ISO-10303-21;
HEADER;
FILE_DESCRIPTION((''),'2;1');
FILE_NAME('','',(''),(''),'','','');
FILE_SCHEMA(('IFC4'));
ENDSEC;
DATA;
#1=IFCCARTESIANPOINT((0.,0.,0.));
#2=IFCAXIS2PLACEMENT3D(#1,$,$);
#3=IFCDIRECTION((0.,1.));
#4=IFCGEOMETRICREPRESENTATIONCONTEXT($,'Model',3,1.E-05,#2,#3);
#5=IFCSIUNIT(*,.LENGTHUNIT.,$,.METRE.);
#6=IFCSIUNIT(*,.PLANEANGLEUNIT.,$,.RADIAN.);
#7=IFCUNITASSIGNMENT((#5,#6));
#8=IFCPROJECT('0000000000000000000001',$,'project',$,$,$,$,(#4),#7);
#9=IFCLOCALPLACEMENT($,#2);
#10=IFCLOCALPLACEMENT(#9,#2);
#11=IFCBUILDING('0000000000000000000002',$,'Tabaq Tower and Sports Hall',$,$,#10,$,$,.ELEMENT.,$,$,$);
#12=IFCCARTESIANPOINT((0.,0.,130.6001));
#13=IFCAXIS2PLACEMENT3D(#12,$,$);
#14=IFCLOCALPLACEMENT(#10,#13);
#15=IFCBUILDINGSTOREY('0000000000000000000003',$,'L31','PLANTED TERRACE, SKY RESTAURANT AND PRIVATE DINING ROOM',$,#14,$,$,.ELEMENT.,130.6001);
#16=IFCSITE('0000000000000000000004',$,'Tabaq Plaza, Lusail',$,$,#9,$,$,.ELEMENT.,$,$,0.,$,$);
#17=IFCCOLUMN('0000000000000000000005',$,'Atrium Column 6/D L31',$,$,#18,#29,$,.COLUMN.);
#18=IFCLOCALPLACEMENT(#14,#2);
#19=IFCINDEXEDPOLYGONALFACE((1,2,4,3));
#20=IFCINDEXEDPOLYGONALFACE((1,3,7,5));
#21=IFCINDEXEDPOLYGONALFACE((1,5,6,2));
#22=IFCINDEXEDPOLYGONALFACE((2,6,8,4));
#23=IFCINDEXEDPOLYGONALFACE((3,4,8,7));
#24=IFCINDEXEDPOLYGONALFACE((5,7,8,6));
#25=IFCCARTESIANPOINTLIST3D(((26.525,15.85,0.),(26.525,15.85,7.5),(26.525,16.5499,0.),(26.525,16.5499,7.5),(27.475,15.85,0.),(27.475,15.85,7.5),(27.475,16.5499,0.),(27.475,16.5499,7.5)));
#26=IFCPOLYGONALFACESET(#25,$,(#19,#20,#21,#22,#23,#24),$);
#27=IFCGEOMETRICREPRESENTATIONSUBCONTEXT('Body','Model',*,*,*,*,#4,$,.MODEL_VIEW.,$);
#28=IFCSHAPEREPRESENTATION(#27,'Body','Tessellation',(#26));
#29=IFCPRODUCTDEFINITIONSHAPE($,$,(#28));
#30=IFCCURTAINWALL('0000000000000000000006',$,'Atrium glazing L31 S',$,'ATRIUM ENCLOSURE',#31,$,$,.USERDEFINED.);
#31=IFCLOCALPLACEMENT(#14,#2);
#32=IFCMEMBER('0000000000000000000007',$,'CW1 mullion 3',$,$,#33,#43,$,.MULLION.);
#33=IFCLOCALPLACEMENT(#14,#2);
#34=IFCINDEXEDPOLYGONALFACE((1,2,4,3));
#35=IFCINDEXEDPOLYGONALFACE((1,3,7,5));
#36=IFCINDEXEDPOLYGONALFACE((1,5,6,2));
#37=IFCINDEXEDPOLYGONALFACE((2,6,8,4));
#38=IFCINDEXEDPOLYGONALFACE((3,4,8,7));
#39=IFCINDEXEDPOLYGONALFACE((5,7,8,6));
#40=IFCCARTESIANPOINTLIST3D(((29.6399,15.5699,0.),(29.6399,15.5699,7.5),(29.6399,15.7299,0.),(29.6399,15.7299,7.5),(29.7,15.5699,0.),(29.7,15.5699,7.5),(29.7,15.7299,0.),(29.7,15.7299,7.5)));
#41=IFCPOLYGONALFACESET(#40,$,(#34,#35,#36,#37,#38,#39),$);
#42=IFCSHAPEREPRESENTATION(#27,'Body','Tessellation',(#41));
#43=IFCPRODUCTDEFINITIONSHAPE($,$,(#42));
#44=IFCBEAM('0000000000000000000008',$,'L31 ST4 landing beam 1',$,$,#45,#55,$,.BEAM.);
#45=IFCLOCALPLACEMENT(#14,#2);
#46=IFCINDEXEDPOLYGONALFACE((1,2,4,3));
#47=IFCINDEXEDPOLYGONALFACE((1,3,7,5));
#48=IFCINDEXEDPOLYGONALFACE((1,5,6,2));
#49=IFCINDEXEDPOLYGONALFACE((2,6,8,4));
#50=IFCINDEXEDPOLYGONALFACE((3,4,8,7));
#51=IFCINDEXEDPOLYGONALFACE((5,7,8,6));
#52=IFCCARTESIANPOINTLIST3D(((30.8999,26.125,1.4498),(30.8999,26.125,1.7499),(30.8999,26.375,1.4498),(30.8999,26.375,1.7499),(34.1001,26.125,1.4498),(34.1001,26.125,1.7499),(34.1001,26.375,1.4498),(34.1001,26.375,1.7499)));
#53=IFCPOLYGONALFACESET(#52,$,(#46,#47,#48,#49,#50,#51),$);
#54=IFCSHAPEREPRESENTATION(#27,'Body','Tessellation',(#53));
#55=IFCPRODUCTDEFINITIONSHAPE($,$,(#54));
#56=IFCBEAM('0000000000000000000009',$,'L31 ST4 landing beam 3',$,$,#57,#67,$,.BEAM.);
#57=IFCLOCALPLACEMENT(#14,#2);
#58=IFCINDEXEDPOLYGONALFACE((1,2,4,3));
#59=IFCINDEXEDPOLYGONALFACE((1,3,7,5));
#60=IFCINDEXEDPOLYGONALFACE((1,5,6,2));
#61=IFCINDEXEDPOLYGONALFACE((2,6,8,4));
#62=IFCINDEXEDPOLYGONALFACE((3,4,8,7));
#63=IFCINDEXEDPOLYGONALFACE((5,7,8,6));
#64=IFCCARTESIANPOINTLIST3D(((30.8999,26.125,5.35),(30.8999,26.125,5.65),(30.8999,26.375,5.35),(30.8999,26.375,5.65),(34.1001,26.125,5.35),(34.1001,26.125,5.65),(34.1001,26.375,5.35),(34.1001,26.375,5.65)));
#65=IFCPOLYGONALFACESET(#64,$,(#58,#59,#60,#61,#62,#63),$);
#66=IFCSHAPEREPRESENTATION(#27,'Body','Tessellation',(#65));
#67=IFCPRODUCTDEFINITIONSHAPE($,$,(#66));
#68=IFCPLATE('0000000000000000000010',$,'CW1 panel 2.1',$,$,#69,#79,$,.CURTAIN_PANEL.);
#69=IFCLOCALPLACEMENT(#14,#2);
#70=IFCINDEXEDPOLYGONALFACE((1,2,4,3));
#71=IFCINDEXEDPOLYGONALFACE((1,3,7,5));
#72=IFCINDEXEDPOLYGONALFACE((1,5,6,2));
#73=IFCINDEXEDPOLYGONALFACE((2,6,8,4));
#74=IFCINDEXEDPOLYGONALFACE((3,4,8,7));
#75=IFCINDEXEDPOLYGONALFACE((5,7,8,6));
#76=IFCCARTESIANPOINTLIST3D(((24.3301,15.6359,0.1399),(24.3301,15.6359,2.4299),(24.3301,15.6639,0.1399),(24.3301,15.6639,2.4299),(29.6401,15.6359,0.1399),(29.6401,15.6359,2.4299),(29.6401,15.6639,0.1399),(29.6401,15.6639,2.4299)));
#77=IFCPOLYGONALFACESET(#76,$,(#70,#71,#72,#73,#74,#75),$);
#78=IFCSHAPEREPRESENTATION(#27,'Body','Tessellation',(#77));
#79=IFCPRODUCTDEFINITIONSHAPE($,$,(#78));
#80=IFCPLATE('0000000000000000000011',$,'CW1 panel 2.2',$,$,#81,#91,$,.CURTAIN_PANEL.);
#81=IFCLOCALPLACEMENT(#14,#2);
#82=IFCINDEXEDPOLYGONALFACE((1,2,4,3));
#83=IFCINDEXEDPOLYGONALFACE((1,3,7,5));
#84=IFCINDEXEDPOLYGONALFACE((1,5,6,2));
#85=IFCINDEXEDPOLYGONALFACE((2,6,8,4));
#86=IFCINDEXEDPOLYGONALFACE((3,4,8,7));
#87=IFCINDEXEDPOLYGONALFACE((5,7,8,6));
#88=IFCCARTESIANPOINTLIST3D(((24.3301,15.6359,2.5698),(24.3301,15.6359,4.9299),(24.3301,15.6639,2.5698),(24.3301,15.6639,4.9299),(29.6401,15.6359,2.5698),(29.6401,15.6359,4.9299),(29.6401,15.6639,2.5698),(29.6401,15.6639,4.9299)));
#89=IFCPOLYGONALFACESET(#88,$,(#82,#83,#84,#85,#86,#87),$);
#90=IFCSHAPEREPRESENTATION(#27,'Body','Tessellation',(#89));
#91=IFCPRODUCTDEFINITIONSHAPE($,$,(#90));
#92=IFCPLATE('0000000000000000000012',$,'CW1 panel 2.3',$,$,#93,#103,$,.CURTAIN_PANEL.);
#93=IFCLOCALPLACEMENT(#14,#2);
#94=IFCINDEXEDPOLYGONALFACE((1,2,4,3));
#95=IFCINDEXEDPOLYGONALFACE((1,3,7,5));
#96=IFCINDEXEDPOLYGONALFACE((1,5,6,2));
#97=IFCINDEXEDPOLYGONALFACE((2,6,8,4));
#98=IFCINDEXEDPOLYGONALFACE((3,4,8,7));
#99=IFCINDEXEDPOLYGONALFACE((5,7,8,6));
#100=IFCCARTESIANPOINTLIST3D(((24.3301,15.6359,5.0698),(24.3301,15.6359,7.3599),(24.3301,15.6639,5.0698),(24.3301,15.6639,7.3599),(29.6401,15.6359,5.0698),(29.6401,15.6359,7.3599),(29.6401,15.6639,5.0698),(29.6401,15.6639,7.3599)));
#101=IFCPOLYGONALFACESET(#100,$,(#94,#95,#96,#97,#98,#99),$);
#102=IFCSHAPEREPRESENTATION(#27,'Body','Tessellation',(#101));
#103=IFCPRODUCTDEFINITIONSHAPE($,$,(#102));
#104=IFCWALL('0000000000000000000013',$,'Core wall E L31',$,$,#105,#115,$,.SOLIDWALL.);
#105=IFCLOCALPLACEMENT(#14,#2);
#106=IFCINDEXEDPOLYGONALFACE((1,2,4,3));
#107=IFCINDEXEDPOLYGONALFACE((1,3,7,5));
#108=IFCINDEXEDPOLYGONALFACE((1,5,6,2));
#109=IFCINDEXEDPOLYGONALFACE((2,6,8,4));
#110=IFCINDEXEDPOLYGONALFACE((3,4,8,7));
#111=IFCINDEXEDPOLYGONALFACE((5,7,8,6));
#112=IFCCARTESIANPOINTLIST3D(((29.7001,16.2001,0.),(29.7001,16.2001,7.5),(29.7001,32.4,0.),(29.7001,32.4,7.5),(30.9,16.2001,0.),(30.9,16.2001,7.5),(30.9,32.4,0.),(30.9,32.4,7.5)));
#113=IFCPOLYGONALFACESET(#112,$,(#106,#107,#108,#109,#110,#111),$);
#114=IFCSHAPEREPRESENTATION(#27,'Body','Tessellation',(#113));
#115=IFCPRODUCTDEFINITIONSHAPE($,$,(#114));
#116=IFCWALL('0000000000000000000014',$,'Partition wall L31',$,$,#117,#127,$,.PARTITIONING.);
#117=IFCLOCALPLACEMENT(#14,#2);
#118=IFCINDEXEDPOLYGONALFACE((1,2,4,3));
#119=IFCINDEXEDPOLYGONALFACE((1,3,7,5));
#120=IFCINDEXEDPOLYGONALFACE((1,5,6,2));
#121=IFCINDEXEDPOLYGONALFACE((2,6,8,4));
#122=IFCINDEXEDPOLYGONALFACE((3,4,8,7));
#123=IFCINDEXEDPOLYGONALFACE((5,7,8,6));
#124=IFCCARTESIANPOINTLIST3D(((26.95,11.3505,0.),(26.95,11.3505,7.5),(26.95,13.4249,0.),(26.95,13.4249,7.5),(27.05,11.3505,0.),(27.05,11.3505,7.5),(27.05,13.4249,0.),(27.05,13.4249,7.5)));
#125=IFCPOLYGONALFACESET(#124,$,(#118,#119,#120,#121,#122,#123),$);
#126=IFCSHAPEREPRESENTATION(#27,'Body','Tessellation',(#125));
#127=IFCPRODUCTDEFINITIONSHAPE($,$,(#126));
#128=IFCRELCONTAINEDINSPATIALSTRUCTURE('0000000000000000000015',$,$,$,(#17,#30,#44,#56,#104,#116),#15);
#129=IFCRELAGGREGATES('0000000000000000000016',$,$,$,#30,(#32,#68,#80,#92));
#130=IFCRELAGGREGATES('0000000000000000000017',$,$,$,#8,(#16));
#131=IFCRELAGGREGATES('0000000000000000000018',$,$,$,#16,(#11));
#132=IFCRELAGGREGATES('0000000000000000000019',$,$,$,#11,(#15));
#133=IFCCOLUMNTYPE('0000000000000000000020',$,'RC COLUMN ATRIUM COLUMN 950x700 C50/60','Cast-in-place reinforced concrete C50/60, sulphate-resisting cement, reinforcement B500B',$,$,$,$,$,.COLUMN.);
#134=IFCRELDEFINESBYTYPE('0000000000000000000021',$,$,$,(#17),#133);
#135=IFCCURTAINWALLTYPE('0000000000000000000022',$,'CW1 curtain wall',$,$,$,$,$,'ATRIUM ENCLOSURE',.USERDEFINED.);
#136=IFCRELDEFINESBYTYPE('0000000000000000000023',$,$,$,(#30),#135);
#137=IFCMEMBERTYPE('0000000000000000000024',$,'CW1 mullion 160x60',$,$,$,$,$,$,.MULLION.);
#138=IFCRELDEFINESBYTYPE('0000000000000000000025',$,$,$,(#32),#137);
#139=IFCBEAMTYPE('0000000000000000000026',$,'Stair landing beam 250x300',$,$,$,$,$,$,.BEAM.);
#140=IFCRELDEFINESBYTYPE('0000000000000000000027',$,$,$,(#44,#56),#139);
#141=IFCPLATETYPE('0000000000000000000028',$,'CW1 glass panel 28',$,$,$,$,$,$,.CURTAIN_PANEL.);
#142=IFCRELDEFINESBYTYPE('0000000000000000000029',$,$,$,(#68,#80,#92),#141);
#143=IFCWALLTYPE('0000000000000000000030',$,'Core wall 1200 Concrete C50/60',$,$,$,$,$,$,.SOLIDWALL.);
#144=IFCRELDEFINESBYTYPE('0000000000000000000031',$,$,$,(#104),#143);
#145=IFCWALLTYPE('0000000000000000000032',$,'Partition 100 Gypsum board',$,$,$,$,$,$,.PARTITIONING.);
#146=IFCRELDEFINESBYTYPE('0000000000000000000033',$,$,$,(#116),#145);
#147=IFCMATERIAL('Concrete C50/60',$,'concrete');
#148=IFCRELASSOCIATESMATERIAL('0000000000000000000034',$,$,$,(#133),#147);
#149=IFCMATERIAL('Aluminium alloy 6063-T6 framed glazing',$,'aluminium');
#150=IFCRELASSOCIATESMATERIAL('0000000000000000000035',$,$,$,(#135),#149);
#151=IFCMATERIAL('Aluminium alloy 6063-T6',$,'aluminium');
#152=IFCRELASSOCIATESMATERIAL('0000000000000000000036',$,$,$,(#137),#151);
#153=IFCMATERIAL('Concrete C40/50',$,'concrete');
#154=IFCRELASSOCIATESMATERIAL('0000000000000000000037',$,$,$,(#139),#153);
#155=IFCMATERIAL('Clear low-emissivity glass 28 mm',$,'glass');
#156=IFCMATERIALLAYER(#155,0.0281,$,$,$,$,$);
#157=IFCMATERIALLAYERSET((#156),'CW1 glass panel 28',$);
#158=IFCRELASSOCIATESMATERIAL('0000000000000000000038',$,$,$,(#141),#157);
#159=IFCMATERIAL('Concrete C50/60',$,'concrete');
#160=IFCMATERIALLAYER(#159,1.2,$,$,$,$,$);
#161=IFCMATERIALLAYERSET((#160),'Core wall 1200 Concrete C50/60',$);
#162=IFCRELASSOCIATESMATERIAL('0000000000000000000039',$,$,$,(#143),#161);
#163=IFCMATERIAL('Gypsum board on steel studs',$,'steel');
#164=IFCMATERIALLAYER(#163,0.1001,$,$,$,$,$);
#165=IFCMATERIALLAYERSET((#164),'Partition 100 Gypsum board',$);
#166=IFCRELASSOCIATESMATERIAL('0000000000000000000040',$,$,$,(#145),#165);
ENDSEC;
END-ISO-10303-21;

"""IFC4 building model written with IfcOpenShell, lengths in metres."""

from ifc_helpers import new_model, si_unit, direction, frame, frame_2d, origin, origin_2d, place, context, subcontext, project, spatial, rectangle, extrude, material, layer, layer_set, material_profile, profile_set, type_object, element, aggregate, save


model = new_model("IFC4")

# Units and contexts
model_context = context("Model", 3, precision=1e-05, world=origin(), true_north=direction((0.0, 1.0)))
body_context = subcontext(model_context, "Body", "Model", "MODEL_VIEW")
ifc_project = project(units=[si_unit("LENGTHUNIT", "METRE"), si_unit("PLANEANGLEUNIT", "RADIAN")], contexts=[model_context])

# Site, building, storey
site_placement = place(None, origin())
site = spatial("IfcSite", under=ifc_project, at=site_placement, Name="Tabaq Plaza, Lusail", CompositionType="ELEMENT", RefElevation=0.0)
building_placement = place(site_placement, origin())
building = spatial("IfcBuilding", under=site, at=building_placement, Name="Tabaq Tower and Sports Hall", CompositionType="ELEMENT")
storey_placement = place(building_placement, frame((0.0, 0.0, 130.6001)))
storey = spatial("IfcBuildingStorey", under=building, at=storey_placement, Name="L31", Description="PLANTED TERRACE, SKY RESTAURANT AND PRIVATE DINING ROOM", CompositionType="ELEMENT", Elevation=130.6001)

# Column
ifc_material_1 = material(Name="Concrete C50/60", Category="concrete")
ifc_material_profile_1 = material_profile(ifc_material_1, rectangle(XDim=0.95, YDim=0.7, at=origin_2d()), Name="ATRIUM COLUMN 950x700")
ifc_profile_set_1 = profile_set([ifc_material_profile_1], Name="Concrete C50/60")
column_type = type_object("IfcColumnType", Name="RC COLUMN ATRIUM COLUMN 950x700 C50/60", Description="Cast-in-place reinforced concrete C50/60, sulphate-resisting cement, reinforcement B500B", PredefinedType="COLUMN", material=ifc_profile_set_1)
column_placement = place(storey_placement, frame((27.0, 16.2, 0.0), z_axis=(0.0, 0.0, 1.0), x_axis=(1.0, 0.0, 0.0)))
element("IfcColumn", 1, at=column_placement, inside=storey, type_object=column_type, Name="Atrium Column 6/D L31", PredefinedType="COLUMN", context=body_context, shape_type="SweptSolid", body=[
    extrude(rectangle(XDim=0.95, YDim=0.7, at=origin_2d()), origin(), (0.0, 0.0, 1.0), 7.5),
])

# Curtain wall, member
ifc_material_2 = material(Name="Aluminium alloy 6063-T6 framed glazing", Category="aluminium")
curtain_wall_type = type_object("IfcCurtainWallType", Name="CW1 curtain wall", ElementType="ATRIUM ENCLOSURE", PredefinedType="USERDEFINED", material=ifc_material_2)
curtain_wall_placement = place(storey_placement, origin())
curtain_wall = element("IfcCurtainWall", 2, at=curtain_wall_placement, inside=storey, type_object=curtain_wall_type, Name="Atrium glazing L31 S", ObjectType="ATRIUM ENCLOSURE", PredefinedType="USERDEFINED")
ifc_material_3 = material(Name="Aluminium alloy 6063-T6", Category="aluminium")
ifc_material_profile_2 = material_profile(ifc_material_3, rectangle(XDim=0.1599, YDim=0.0601, at=origin_2d()), Name="MULLION 160x60")
ifc_profile_set_2 = profile_set([ifc_material_profile_2], Name="Aluminium alloy 6063-T6")
member_type = type_object("IfcMemberType", Name="CW1 mullion 160x60", PredefinedType="MULLION", material=ifc_profile_set_2)
member_placement = place(storey_placement, frame((29.6699, 15.6499, 0.0), z_axis=(0.0, 0.0, 1.0), x_axis=(0.0, 1.0, 0.0)))
member = element("IfcMember", 3, at=member_placement, type_object=member_type, Name="CW1 mullion 3", PredefinedType="MULLION", context=body_context, shape_type="SweptSolid", body=[
    extrude(rectangle(XDim=0.1599, YDim=0.0601, at=origin_2d()), origin(), (0.0, 0.0, 1.0), 7.5),
])

# Beams
ifc_material_4 = material(Name="Concrete C40/50", Category="concrete")
ifc_material_profile_3 = material_profile(ifc_material_4, rectangle(XDim=0.25, YDim=0.3, at=origin_2d()), Name="RC 250x300")
ifc_profile_set_3 = profile_set([ifc_material_profile_3], Name="Concrete C40/50")
beam_type = type_object("IfcBeamType", Name="Stair landing beam 250x300", PredefinedType="BEAM", material=ifc_profile_set_3)
for number, where, z_axis, x_axis, name in (
    (4, (30.8999, 26.25, 1.5999), (1.0, 0.0, 0.0), (0.0, 1.0, 0.0), "L31 ST4 landing beam 1"),
    (5, (30.8999, 26.25, 5.5), (1.0, 0.0, 0.0), (0.0, 1.0, 0.0), "L31 ST4 landing beam 3"),
):
    element("IfcBeam", number, at=place(storey_placement, frame(where, z_axis=z_axis, x_axis=x_axis)), inside=storey, type_object=beam_type, Name=name, PredefinedType="BEAM", context=body_context, shape_type="SweptSolid", body=[
        extrude(rectangle(XDim=0.25, YDim=0.3, at=origin_2d()), origin(), (0.0, 0.0, 1.0), 3.2002),
    ])

# Plates
ifc_material_5 = material(Name="Clear low-emissivity glass 28 mm", Category="glass")
ifc_layer_1 = layer(ifc_material_5, 0.0281)
ifc_layer_set_1 = layer_set([ifc_layer_1], Name="CW1 glass panel 28")
plate_type = type_object("IfcPlateType", Name="CW1 glass panel 28", PredefinedType="CURTAIN_PANEL", material=ifc_layer_set_1)
plate_1_placement = place(storey_placement, frame((26.9851, 15.6499, 0.1399), z_axis=(0.0, 0.0, 1.0), x_axis=(1.0, 0.0, 0.0)))
plate_1 = element("IfcPlate", 6, at=plate_1_placement, type_object=plate_type, Name="CW1 panel 2.1", PredefinedType="CURTAIN_PANEL", context=body_context, shape_type="SweptSolid", body=[
    extrude(rectangle(XDim=5.3101, YDim=0.0281, at=origin_2d()), origin(), (0.0, 0.0, 1.0), 2.29),
])
plate_2_placement = place(storey_placement, frame((26.9851, 15.6499, 2.5698), z_axis=(0.0, 0.0, 1.0), x_axis=(1.0, 0.0, 0.0)))
plate_2 = element("IfcPlate", 7, at=plate_2_placement, type_object=plate_type, Name="CW1 panel 2.2", PredefinedType="CURTAIN_PANEL", context=body_context, shape_type="SweptSolid", body=[
    extrude(rectangle(XDim=5.3101, YDim=0.0281, at=origin_2d()), origin(), (0.0, 0.0, 1.0), 2.3601),
])
plate_3_placement = place(storey_placement, frame((26.9851, 15.6499, 5.0698), z_axis=(0.0, 0.0, 1.0), x_axis=(1.0, 0.0, 0.0)))
plate_3 = element("IfcPlate", 8, at=plate_3_placement, type_object=plate_type, Name="CW1 panel 2.3", PredefinedType="CURTAIN_PANEL", context=body_context, shape_type="SweptSolid", body=[
    extrude(rectangle(XDim=5.3101, YDim=0.0281, at=origin_2d()), origin(), (0.0, 0.0, 1.0), 2.29),
])
aggregate(curtain_wall, [member, plate_1, plate_2, plate_3])

# Walls
ifc_material_6 = material(Name="Concrete C50/60", Category="concrete")
ifc_layer_2 = layer(ifc_material_6, 1.2)
ifc_layer_set_2 = layer_set([ifc_layer_2], Name="Core wall 1200 Concrete C50/60")
wall_type_1 = type_object("IfcWallType", Name="Core wall 1200 Concrete C50/60", PredefinedType="SOLIDWALL", material=ifc_layer_set_2)
wall_1_placement = place(storey_placement, frame((30.3, 16.2, 0.0), z_axis=(0.0, 0.0, 1.0), x_axis=(0.0, 1.0, 0.0)))
element("IfcWall", 9, at=wall_1_placement, inside=storey, type_object=wall_type_1, Name="Core wall E L31", PredefinedType="SOLIDWALL", context=body_context, shape_type="SweptSolid", body=[
    extrude(rectangle(XDim=16.2, YDim=1.2, at=frame_2d((8.1001, 0.0))), origin(), (0.0, 0.0, 1.0), 7.5),
])
ifc_material_7 = material(Name="Gypsum board on steel studs", Category="steel")
ifc_layer_3 = layer(ifc_material_7, 0.1001)
ifc_layer_set_3 = layer_set([ifc_layer_3], Name="Partition 100 Gypsum board")
wall_type_2 = type_object("IfcWallType", Name="Partition 100 Gypsum board", PredefinedType="PARTITIONING", material=ifc_layer_set_3)
wall_2_placement = place(storey_placement, frame((27.0, 11.3506, 0.0), z_axis=(0.0, 0.0, 1.0), x_axis=(0.0, 1.0, 0.0)))
element("IfcWall", 10, at=wall_2_placement, inside=storey, type_object=wall_type_2, Name="Partition wall L31", PredefinedType="PARTITIONING", context=body_context, shape_type="SweptSolid", body=[
    extrude(rectangle(XDim=2.0745, YDim=0.1001, at=frame_2d((1.0371, 0.0))), origin(), (0.0, 0.0, 1.0), 7.5),
])

save(model, "model.ifc")
